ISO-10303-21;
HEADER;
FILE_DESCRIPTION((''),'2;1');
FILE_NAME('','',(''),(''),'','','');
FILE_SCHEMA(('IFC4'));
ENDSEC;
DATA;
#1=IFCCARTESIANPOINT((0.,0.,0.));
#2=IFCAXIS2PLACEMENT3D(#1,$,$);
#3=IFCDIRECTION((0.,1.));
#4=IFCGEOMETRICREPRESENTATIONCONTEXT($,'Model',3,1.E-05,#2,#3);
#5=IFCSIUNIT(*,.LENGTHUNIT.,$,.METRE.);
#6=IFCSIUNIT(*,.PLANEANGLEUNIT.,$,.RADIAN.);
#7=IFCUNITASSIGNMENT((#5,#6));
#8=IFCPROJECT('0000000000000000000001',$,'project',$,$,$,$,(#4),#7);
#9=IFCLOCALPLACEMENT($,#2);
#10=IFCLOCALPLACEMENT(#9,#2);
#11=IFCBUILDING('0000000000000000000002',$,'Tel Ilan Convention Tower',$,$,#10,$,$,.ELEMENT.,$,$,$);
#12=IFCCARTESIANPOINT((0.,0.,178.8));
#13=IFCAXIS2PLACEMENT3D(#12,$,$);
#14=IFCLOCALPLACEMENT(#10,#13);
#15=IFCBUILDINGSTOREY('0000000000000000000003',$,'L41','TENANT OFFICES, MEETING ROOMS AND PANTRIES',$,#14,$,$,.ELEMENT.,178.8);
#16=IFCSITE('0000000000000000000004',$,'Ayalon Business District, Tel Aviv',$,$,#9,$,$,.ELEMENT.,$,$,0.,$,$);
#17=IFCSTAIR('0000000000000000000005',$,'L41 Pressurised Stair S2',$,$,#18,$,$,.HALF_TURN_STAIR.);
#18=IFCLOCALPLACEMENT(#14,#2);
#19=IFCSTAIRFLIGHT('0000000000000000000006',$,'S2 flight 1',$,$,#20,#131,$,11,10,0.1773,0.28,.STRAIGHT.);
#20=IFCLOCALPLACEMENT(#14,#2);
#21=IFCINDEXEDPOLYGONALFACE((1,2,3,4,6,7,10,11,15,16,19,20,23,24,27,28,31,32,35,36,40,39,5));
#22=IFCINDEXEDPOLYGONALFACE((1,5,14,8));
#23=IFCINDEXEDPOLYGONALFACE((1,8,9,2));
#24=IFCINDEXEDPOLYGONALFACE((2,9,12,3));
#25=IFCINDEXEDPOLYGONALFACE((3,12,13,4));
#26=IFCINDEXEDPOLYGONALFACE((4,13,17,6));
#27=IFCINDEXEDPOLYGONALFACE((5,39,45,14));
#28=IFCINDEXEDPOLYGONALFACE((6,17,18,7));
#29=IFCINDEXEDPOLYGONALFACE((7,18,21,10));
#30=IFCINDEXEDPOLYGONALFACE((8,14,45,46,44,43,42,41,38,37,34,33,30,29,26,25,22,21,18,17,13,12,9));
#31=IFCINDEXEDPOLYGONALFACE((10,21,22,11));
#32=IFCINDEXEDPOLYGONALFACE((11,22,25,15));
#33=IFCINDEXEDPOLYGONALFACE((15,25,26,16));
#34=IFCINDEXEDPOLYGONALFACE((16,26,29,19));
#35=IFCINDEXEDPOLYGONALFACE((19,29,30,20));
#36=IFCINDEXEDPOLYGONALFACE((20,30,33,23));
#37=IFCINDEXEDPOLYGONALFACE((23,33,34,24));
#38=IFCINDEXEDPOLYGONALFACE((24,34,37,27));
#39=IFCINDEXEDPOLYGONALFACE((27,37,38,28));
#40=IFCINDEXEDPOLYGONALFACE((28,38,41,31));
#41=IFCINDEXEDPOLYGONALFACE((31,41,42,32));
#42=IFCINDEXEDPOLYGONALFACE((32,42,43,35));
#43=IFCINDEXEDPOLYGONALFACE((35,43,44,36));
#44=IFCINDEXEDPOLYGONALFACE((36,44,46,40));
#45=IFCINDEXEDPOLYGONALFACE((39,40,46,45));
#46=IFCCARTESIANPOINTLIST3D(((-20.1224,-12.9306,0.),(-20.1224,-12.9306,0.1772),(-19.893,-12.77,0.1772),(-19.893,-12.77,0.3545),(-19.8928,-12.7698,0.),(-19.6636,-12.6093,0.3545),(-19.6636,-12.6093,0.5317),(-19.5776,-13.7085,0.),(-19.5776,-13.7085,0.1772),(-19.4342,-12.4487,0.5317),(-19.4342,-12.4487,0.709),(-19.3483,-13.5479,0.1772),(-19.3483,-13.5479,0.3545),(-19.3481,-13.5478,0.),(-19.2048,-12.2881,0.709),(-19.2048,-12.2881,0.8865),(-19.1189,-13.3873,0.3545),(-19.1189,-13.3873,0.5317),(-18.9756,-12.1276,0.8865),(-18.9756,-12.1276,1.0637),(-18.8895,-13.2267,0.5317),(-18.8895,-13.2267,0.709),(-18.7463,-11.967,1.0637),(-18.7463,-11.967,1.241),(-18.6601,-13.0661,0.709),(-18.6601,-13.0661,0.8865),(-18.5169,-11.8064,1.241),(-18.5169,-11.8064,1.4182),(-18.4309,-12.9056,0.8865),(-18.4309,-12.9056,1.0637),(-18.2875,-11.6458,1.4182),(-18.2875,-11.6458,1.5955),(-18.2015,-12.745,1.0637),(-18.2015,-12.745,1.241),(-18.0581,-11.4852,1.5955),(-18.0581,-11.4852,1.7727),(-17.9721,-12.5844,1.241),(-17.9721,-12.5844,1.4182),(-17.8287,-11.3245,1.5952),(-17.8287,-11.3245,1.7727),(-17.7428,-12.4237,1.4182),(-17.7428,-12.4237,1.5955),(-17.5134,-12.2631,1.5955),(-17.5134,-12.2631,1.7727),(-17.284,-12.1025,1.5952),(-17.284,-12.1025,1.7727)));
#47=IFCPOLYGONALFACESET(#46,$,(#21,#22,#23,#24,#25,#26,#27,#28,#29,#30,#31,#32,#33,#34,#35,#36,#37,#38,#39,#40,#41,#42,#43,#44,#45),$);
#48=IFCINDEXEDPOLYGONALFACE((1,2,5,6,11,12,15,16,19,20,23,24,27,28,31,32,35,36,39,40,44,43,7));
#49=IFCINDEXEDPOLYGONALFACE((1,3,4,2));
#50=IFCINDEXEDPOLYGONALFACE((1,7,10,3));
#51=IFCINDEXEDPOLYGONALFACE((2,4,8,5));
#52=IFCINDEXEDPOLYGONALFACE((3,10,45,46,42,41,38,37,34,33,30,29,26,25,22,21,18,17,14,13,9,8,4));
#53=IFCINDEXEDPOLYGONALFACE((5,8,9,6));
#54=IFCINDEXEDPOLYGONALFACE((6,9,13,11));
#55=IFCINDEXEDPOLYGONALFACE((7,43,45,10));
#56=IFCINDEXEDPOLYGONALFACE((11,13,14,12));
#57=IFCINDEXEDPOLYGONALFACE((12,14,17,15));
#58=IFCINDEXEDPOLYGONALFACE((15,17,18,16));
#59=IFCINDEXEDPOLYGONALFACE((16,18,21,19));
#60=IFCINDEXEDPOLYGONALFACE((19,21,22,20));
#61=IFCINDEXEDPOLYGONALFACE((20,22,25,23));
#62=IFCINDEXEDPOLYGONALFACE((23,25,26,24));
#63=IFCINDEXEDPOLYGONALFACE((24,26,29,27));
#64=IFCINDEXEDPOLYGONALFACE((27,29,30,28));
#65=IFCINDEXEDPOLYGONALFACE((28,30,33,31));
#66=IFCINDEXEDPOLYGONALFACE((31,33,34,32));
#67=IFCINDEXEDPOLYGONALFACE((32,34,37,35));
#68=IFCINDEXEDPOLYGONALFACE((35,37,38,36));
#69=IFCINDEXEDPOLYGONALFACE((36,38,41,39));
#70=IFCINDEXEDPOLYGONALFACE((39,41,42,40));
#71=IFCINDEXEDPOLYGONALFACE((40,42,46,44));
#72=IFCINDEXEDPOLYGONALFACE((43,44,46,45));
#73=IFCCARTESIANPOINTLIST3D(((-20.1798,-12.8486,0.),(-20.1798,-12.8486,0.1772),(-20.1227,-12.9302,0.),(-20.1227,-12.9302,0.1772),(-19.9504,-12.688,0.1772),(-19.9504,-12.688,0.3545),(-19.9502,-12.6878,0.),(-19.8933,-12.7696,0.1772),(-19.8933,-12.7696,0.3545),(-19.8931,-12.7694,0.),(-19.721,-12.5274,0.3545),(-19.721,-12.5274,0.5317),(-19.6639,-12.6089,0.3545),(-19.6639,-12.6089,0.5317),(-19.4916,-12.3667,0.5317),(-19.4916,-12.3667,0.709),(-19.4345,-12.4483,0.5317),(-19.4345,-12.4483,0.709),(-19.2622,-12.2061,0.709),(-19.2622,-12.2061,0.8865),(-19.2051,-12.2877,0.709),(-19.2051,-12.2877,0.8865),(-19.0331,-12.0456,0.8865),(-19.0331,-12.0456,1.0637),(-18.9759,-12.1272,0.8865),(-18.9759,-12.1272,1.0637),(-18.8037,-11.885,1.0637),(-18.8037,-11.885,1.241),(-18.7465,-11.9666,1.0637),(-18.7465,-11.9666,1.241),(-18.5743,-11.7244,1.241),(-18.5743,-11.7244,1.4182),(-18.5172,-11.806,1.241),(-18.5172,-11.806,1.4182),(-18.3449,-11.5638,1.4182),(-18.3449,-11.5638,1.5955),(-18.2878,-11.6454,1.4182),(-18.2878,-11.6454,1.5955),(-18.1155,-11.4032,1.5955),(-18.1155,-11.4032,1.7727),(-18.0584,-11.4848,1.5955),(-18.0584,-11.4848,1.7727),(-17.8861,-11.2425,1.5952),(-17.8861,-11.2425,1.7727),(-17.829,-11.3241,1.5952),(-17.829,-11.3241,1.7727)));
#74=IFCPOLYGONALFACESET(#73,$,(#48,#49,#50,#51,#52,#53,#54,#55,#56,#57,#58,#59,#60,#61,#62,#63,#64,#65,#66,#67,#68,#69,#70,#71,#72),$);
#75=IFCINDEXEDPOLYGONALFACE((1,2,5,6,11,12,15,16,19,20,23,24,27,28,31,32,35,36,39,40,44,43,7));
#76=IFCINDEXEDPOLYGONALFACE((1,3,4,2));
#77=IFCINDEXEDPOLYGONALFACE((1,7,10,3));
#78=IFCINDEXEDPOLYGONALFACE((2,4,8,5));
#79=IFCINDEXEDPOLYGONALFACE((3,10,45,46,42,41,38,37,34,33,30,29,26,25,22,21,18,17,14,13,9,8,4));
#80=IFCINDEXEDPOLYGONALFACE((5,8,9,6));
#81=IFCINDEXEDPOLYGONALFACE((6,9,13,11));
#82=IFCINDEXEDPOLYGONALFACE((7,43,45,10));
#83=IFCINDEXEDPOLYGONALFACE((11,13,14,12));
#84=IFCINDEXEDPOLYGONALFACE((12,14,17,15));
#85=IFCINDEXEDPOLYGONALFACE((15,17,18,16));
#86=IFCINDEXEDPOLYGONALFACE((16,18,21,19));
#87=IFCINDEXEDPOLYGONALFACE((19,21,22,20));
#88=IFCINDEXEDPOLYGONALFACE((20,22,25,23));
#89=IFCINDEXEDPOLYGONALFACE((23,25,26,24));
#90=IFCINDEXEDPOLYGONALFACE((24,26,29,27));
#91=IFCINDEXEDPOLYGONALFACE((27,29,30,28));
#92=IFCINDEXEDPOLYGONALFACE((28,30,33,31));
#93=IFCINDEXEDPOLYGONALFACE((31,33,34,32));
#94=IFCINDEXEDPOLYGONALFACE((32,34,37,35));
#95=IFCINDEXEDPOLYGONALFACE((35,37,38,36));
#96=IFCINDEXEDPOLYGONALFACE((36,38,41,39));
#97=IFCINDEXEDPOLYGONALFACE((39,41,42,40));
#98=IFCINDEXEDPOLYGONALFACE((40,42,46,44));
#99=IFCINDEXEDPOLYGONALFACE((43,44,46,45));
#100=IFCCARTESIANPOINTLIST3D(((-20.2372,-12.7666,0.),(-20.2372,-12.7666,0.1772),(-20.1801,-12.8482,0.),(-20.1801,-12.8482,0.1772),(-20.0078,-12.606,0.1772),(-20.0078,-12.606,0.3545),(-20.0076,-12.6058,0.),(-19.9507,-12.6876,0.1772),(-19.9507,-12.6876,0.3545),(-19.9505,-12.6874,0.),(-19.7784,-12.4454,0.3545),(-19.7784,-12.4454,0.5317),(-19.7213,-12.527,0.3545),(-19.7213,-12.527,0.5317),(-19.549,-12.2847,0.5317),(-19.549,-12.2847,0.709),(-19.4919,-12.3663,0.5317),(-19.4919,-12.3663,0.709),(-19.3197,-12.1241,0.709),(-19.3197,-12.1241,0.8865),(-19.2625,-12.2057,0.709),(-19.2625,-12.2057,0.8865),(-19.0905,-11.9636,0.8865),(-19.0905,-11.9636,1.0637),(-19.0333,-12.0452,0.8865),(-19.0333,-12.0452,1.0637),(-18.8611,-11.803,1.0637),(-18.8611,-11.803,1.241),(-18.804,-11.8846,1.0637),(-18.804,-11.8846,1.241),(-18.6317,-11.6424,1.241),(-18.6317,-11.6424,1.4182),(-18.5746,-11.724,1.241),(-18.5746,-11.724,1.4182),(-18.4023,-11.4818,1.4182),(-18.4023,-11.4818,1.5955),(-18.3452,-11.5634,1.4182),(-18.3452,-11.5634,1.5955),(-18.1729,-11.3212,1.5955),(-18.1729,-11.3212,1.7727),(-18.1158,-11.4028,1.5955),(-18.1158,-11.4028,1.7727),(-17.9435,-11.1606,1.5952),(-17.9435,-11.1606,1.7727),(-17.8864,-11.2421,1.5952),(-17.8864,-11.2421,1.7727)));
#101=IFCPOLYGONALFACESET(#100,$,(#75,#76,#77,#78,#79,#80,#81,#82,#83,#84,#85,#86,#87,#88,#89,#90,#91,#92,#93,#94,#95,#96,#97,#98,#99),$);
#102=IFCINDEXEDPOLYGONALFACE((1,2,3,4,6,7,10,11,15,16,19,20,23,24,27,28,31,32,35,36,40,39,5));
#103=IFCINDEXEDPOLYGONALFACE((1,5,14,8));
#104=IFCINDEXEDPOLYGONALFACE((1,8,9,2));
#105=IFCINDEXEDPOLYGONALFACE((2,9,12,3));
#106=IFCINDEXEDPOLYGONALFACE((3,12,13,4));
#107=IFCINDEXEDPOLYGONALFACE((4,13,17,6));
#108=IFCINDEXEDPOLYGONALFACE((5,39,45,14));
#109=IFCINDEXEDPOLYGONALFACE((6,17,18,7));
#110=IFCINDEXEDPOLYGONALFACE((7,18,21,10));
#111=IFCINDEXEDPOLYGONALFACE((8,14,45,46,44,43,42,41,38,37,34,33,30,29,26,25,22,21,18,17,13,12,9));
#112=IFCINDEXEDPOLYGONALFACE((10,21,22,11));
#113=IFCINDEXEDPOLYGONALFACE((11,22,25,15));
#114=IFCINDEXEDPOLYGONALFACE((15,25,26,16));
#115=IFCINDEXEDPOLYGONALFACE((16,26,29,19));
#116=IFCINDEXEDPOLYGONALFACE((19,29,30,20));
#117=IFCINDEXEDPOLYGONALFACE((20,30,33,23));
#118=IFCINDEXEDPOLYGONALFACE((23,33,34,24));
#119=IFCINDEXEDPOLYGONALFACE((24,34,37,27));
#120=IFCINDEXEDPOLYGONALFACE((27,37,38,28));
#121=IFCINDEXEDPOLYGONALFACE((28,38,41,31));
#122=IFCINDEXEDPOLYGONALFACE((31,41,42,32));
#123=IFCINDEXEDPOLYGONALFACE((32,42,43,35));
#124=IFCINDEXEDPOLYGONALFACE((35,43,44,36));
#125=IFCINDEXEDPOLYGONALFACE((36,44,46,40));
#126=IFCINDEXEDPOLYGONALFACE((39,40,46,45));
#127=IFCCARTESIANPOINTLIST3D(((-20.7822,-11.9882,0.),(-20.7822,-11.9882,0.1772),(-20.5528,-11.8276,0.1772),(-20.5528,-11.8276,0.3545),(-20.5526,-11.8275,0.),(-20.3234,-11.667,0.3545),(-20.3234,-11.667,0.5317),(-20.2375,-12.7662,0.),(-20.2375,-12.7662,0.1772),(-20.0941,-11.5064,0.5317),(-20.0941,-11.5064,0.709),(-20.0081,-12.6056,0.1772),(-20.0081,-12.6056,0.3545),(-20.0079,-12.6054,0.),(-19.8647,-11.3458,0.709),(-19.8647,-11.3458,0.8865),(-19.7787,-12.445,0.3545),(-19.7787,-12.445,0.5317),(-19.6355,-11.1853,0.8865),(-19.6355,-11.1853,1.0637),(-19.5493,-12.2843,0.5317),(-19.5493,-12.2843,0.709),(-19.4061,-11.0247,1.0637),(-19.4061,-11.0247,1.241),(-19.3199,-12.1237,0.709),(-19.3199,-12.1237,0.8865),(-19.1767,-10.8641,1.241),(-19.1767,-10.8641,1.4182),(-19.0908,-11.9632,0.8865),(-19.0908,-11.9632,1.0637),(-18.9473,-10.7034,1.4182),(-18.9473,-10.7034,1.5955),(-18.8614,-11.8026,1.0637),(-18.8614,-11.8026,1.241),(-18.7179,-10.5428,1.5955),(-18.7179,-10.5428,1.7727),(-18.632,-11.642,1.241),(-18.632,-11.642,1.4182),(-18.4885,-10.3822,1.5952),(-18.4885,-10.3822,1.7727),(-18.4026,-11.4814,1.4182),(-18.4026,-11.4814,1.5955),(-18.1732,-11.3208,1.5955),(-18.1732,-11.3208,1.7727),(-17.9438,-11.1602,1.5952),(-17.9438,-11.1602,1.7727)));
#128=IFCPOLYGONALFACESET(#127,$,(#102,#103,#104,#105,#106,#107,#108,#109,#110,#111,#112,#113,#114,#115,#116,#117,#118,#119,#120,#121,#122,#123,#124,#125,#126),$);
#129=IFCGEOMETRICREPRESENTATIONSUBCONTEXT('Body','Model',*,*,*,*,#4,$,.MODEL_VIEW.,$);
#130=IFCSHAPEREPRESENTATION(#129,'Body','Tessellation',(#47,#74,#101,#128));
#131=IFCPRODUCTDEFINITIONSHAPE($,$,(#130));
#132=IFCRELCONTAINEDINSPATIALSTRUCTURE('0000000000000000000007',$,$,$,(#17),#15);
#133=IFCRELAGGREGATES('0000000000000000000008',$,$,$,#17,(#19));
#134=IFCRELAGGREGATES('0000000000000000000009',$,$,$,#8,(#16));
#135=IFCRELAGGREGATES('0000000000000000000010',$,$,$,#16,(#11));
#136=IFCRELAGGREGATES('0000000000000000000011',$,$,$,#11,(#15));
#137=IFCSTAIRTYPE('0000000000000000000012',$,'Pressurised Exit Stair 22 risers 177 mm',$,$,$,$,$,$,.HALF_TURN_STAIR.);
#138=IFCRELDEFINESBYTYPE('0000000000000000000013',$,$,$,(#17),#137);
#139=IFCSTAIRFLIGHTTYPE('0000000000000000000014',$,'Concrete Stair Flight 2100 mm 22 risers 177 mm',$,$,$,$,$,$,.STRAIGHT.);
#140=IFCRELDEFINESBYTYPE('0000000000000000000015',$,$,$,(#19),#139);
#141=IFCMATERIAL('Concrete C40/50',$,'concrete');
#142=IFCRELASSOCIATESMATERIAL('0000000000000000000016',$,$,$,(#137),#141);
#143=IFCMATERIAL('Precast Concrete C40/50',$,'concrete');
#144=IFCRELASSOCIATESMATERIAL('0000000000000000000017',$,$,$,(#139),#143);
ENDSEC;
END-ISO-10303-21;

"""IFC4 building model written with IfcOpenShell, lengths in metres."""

from ifc_helpers import new_model, si_unit, direction, frame, origin, place, context, subcontext, project, spatial, polyline, outline, extrude, material, type_object, element, aggregate, save


model = new_model("IFC4")

# Units and contexts
model_context = context("Model", 3, precision=1e-05, world=origin(), true_north=direction((0.0, 1.0)))
body_context = subcontext(model_context, "Body", "Model", "MODEL_VIEW")
ifc_project = project(units=[si_unit("LENGTHUNIT", "METRE"), si_unit("PLANEANGLEUNIT", "RADIAN")], contexts=[model_context])

# Site, building, storey
site_placement = place(None, origin())
site = spatial("IfcSite", under=ifc_project, at=site_placement, Name="Ayalon Business District, Tel Aviv", CompositionType="ELEMENT", RefElevation=0.0)
building_placement = place(site_placement, origin())
building = spatial("IfcBuilding", under=site, at=building_placement, Name="Tel Ilan Convention Tower", CompositionType="ELEMENT")
storey_placement = place(building_placement, frame((0.0, 0.0, 178.8)))
storey = spatial("IfcBuildingStorey", under=building, at=storey_placement, Name="L41", Description="TENANT OFFICES, MEETING ROOMS AND PANTRIES", CompositionType="ELEMENT", Elevation=178.8)

# Stair, stair flight
ifc_material_1 = material(Name="Concrete C40/50", Category="concrete")
stair_type = type_object("IfcStairType", Name="Pressurised Exit Stair 22 risers 177 mm", PredefinedType="HALF_TURN_STAIR", material=ifc_material_1)
ifc_material_2 = material(Name="Precast Concrete C40/50", Category="concrete")
stair_flight_type = type_object("IfcStairFlightType", Name="Concrete Stair Flight 2100 mm 22 risers 177 mm", PredefinedType="STRAIGHT", material=ifc_material_2)
stair_1_placement = place(storey_placement, origin())
stair_1 = element("IfcStair", 1, at=stair_1_placement, inside=storey, type_object=stair_type, Name="L41 Pressurised Stair S2", PredefinedType="HALF_TURN_STAIR")
stair_flight_1_placement = place(storey_placement, frame((-20.1799, -12.8484, 0.0), z_axis=(0.0, 0.0, 1.0), x_axis=(0.819152, 0.573576, 0.0)))
stair_flight_1 = element("IfcStairFlight", 2, at=stair_flight_1_placement, type_object=stair_flight_type, Name="S2 flight 1", NumberOfRisers=11, NumberOfTreads=10, PredefinedType="STRAIGHT", RiserHeight=0.1773, TreadLength=0.28, context=body_context, shape_type="SweptSolid", body=[
    extrude(outline(polyline([(0.0, 0.0), (0.0, 0.1772), (0.28, 0.1772), (0.28, 0.3545), (0.5601, 0.3545), (0.5601, 0.5317), (0.8401, 0.5317), (0.8401, 0.709), (1.1201, 0.709), (1.1201, 0.8865), (1.3999, 0.8865), (1.3999, 1.0637), (1.6799, 1.0637), (1.6799, 1.241), (1.96, 1.241), (1.96, 1.4182), (2.24, 1.4182), (2.24, 1.5955), (2.52, 1.5955), (2.52, 1.7727), (2.8, 1.7727), (2.8, 1.95), (2.8, 1.5952), (0.2803, 0.0), (0.0, 0.0)])), frame((0.0, -0.1003, 0.0), z_axis=(0.0, -1.0, 0.0), x_axis=(1.0, 0.0, 0.0)), (0.0, 0.0, 1.0), 0.9497),
    extrude(outline(polyline([(0.0, 0.0), (0.0, 0.1772), (0.28, 0.1772), (0.28, 0.3545), (0.5601, 0.3545), (0.5601, 0.5317), (0.8401, 0.5317), (0.8401, 0.709), (1.1201, 0.709), (1.1201, 0.8865), (1.3999, 0.8865), (1.3999, 1.0637), (1.6799, 1.0637), (1.6799, 1.241), (1.96, 1.241), (1.96, 1.4182), (2.24, 1.4182), (2.24, 1.5955), (2.52, 1.5955), (2.52, 1.7727), (2.8, 1.7727), (2.8, 1.95), (2.8, 1.5952), (0.2803, 0.0), (0.0, 0.0)])), frame((0.0, -0.0002, 0.0), z_axis=(0.0, -1.0, 0.0), x_axis=(1.0, 0.0, 0.0)), (0.0, 0.0, 1.0), 0.0996),
    extrude(outline(polyline([(0.0, 0.0), (0.0, 0.1772), (0.28, 0.1772), (0.28, 0.3545), (0.5601, 0.3545), (0.5601, 0.5317), (0.8401, 0.5317), (0.8401, 0.709), (1.1201, 0.709), (1.1201, 0.8865), (1.3999, 0.8865), (1.3999, 1.0637), (1.6799, 1.0637), (1.6799, 1.241), (1.96, 1.241), (1.96, 1.4182), (2.24, 1.4182), (2.24, 1.5955), (2.52, 1.5955), (2.52, 1.7727), (2.8, 1.7727), (2.8, 1.95), (2.8, 1.5952), (0.2803, 0.0), (0.0, 0.0)])), frame((0.0, 0.0999, 0.0), z_axis=(0.0, -1.0, 0.0), x_axis=(1.0, 0.0, 0.0)), (0.0, 0.0, 1.0), 0.0996),
    extrude(outline(polyline([(0.0, 0.0), (0.0, 0.1772), (0.28, 0.1772), (0.28, 0.3545), (0.5601, 0.3545), (0.5601, 0.5317), (0.8401, 0.5317), (0.8401, 0.709), (1.1201, 0.709), (1.1201, 0.8865), (1.3999, 0.8865), (1.3999, 1.0637), (1.6799, 1.0637), (1.6799, 1.241), (1.96, 1.241), (1.96, 1.4182), (2.24, 1.4182), (2.24, 1.5955), (2.52, 1.5955), (2.52, 1.7727), (2.8, 1.7727), (2.8, 1.95), (2.8, 1.5952), (0.2803, 0.0), (0.0, 0.0)])), frame((0.0, 1.05, 0.0), z_axis=(0.0, -1.0, 0.0), x_axis=(1.0, 0.0, 0.0)), (0.0, 0.0, 1.0), 0.9497),
])
aggregate(stair_1, [stair_flight_1])

save(model, "model.ifc")
